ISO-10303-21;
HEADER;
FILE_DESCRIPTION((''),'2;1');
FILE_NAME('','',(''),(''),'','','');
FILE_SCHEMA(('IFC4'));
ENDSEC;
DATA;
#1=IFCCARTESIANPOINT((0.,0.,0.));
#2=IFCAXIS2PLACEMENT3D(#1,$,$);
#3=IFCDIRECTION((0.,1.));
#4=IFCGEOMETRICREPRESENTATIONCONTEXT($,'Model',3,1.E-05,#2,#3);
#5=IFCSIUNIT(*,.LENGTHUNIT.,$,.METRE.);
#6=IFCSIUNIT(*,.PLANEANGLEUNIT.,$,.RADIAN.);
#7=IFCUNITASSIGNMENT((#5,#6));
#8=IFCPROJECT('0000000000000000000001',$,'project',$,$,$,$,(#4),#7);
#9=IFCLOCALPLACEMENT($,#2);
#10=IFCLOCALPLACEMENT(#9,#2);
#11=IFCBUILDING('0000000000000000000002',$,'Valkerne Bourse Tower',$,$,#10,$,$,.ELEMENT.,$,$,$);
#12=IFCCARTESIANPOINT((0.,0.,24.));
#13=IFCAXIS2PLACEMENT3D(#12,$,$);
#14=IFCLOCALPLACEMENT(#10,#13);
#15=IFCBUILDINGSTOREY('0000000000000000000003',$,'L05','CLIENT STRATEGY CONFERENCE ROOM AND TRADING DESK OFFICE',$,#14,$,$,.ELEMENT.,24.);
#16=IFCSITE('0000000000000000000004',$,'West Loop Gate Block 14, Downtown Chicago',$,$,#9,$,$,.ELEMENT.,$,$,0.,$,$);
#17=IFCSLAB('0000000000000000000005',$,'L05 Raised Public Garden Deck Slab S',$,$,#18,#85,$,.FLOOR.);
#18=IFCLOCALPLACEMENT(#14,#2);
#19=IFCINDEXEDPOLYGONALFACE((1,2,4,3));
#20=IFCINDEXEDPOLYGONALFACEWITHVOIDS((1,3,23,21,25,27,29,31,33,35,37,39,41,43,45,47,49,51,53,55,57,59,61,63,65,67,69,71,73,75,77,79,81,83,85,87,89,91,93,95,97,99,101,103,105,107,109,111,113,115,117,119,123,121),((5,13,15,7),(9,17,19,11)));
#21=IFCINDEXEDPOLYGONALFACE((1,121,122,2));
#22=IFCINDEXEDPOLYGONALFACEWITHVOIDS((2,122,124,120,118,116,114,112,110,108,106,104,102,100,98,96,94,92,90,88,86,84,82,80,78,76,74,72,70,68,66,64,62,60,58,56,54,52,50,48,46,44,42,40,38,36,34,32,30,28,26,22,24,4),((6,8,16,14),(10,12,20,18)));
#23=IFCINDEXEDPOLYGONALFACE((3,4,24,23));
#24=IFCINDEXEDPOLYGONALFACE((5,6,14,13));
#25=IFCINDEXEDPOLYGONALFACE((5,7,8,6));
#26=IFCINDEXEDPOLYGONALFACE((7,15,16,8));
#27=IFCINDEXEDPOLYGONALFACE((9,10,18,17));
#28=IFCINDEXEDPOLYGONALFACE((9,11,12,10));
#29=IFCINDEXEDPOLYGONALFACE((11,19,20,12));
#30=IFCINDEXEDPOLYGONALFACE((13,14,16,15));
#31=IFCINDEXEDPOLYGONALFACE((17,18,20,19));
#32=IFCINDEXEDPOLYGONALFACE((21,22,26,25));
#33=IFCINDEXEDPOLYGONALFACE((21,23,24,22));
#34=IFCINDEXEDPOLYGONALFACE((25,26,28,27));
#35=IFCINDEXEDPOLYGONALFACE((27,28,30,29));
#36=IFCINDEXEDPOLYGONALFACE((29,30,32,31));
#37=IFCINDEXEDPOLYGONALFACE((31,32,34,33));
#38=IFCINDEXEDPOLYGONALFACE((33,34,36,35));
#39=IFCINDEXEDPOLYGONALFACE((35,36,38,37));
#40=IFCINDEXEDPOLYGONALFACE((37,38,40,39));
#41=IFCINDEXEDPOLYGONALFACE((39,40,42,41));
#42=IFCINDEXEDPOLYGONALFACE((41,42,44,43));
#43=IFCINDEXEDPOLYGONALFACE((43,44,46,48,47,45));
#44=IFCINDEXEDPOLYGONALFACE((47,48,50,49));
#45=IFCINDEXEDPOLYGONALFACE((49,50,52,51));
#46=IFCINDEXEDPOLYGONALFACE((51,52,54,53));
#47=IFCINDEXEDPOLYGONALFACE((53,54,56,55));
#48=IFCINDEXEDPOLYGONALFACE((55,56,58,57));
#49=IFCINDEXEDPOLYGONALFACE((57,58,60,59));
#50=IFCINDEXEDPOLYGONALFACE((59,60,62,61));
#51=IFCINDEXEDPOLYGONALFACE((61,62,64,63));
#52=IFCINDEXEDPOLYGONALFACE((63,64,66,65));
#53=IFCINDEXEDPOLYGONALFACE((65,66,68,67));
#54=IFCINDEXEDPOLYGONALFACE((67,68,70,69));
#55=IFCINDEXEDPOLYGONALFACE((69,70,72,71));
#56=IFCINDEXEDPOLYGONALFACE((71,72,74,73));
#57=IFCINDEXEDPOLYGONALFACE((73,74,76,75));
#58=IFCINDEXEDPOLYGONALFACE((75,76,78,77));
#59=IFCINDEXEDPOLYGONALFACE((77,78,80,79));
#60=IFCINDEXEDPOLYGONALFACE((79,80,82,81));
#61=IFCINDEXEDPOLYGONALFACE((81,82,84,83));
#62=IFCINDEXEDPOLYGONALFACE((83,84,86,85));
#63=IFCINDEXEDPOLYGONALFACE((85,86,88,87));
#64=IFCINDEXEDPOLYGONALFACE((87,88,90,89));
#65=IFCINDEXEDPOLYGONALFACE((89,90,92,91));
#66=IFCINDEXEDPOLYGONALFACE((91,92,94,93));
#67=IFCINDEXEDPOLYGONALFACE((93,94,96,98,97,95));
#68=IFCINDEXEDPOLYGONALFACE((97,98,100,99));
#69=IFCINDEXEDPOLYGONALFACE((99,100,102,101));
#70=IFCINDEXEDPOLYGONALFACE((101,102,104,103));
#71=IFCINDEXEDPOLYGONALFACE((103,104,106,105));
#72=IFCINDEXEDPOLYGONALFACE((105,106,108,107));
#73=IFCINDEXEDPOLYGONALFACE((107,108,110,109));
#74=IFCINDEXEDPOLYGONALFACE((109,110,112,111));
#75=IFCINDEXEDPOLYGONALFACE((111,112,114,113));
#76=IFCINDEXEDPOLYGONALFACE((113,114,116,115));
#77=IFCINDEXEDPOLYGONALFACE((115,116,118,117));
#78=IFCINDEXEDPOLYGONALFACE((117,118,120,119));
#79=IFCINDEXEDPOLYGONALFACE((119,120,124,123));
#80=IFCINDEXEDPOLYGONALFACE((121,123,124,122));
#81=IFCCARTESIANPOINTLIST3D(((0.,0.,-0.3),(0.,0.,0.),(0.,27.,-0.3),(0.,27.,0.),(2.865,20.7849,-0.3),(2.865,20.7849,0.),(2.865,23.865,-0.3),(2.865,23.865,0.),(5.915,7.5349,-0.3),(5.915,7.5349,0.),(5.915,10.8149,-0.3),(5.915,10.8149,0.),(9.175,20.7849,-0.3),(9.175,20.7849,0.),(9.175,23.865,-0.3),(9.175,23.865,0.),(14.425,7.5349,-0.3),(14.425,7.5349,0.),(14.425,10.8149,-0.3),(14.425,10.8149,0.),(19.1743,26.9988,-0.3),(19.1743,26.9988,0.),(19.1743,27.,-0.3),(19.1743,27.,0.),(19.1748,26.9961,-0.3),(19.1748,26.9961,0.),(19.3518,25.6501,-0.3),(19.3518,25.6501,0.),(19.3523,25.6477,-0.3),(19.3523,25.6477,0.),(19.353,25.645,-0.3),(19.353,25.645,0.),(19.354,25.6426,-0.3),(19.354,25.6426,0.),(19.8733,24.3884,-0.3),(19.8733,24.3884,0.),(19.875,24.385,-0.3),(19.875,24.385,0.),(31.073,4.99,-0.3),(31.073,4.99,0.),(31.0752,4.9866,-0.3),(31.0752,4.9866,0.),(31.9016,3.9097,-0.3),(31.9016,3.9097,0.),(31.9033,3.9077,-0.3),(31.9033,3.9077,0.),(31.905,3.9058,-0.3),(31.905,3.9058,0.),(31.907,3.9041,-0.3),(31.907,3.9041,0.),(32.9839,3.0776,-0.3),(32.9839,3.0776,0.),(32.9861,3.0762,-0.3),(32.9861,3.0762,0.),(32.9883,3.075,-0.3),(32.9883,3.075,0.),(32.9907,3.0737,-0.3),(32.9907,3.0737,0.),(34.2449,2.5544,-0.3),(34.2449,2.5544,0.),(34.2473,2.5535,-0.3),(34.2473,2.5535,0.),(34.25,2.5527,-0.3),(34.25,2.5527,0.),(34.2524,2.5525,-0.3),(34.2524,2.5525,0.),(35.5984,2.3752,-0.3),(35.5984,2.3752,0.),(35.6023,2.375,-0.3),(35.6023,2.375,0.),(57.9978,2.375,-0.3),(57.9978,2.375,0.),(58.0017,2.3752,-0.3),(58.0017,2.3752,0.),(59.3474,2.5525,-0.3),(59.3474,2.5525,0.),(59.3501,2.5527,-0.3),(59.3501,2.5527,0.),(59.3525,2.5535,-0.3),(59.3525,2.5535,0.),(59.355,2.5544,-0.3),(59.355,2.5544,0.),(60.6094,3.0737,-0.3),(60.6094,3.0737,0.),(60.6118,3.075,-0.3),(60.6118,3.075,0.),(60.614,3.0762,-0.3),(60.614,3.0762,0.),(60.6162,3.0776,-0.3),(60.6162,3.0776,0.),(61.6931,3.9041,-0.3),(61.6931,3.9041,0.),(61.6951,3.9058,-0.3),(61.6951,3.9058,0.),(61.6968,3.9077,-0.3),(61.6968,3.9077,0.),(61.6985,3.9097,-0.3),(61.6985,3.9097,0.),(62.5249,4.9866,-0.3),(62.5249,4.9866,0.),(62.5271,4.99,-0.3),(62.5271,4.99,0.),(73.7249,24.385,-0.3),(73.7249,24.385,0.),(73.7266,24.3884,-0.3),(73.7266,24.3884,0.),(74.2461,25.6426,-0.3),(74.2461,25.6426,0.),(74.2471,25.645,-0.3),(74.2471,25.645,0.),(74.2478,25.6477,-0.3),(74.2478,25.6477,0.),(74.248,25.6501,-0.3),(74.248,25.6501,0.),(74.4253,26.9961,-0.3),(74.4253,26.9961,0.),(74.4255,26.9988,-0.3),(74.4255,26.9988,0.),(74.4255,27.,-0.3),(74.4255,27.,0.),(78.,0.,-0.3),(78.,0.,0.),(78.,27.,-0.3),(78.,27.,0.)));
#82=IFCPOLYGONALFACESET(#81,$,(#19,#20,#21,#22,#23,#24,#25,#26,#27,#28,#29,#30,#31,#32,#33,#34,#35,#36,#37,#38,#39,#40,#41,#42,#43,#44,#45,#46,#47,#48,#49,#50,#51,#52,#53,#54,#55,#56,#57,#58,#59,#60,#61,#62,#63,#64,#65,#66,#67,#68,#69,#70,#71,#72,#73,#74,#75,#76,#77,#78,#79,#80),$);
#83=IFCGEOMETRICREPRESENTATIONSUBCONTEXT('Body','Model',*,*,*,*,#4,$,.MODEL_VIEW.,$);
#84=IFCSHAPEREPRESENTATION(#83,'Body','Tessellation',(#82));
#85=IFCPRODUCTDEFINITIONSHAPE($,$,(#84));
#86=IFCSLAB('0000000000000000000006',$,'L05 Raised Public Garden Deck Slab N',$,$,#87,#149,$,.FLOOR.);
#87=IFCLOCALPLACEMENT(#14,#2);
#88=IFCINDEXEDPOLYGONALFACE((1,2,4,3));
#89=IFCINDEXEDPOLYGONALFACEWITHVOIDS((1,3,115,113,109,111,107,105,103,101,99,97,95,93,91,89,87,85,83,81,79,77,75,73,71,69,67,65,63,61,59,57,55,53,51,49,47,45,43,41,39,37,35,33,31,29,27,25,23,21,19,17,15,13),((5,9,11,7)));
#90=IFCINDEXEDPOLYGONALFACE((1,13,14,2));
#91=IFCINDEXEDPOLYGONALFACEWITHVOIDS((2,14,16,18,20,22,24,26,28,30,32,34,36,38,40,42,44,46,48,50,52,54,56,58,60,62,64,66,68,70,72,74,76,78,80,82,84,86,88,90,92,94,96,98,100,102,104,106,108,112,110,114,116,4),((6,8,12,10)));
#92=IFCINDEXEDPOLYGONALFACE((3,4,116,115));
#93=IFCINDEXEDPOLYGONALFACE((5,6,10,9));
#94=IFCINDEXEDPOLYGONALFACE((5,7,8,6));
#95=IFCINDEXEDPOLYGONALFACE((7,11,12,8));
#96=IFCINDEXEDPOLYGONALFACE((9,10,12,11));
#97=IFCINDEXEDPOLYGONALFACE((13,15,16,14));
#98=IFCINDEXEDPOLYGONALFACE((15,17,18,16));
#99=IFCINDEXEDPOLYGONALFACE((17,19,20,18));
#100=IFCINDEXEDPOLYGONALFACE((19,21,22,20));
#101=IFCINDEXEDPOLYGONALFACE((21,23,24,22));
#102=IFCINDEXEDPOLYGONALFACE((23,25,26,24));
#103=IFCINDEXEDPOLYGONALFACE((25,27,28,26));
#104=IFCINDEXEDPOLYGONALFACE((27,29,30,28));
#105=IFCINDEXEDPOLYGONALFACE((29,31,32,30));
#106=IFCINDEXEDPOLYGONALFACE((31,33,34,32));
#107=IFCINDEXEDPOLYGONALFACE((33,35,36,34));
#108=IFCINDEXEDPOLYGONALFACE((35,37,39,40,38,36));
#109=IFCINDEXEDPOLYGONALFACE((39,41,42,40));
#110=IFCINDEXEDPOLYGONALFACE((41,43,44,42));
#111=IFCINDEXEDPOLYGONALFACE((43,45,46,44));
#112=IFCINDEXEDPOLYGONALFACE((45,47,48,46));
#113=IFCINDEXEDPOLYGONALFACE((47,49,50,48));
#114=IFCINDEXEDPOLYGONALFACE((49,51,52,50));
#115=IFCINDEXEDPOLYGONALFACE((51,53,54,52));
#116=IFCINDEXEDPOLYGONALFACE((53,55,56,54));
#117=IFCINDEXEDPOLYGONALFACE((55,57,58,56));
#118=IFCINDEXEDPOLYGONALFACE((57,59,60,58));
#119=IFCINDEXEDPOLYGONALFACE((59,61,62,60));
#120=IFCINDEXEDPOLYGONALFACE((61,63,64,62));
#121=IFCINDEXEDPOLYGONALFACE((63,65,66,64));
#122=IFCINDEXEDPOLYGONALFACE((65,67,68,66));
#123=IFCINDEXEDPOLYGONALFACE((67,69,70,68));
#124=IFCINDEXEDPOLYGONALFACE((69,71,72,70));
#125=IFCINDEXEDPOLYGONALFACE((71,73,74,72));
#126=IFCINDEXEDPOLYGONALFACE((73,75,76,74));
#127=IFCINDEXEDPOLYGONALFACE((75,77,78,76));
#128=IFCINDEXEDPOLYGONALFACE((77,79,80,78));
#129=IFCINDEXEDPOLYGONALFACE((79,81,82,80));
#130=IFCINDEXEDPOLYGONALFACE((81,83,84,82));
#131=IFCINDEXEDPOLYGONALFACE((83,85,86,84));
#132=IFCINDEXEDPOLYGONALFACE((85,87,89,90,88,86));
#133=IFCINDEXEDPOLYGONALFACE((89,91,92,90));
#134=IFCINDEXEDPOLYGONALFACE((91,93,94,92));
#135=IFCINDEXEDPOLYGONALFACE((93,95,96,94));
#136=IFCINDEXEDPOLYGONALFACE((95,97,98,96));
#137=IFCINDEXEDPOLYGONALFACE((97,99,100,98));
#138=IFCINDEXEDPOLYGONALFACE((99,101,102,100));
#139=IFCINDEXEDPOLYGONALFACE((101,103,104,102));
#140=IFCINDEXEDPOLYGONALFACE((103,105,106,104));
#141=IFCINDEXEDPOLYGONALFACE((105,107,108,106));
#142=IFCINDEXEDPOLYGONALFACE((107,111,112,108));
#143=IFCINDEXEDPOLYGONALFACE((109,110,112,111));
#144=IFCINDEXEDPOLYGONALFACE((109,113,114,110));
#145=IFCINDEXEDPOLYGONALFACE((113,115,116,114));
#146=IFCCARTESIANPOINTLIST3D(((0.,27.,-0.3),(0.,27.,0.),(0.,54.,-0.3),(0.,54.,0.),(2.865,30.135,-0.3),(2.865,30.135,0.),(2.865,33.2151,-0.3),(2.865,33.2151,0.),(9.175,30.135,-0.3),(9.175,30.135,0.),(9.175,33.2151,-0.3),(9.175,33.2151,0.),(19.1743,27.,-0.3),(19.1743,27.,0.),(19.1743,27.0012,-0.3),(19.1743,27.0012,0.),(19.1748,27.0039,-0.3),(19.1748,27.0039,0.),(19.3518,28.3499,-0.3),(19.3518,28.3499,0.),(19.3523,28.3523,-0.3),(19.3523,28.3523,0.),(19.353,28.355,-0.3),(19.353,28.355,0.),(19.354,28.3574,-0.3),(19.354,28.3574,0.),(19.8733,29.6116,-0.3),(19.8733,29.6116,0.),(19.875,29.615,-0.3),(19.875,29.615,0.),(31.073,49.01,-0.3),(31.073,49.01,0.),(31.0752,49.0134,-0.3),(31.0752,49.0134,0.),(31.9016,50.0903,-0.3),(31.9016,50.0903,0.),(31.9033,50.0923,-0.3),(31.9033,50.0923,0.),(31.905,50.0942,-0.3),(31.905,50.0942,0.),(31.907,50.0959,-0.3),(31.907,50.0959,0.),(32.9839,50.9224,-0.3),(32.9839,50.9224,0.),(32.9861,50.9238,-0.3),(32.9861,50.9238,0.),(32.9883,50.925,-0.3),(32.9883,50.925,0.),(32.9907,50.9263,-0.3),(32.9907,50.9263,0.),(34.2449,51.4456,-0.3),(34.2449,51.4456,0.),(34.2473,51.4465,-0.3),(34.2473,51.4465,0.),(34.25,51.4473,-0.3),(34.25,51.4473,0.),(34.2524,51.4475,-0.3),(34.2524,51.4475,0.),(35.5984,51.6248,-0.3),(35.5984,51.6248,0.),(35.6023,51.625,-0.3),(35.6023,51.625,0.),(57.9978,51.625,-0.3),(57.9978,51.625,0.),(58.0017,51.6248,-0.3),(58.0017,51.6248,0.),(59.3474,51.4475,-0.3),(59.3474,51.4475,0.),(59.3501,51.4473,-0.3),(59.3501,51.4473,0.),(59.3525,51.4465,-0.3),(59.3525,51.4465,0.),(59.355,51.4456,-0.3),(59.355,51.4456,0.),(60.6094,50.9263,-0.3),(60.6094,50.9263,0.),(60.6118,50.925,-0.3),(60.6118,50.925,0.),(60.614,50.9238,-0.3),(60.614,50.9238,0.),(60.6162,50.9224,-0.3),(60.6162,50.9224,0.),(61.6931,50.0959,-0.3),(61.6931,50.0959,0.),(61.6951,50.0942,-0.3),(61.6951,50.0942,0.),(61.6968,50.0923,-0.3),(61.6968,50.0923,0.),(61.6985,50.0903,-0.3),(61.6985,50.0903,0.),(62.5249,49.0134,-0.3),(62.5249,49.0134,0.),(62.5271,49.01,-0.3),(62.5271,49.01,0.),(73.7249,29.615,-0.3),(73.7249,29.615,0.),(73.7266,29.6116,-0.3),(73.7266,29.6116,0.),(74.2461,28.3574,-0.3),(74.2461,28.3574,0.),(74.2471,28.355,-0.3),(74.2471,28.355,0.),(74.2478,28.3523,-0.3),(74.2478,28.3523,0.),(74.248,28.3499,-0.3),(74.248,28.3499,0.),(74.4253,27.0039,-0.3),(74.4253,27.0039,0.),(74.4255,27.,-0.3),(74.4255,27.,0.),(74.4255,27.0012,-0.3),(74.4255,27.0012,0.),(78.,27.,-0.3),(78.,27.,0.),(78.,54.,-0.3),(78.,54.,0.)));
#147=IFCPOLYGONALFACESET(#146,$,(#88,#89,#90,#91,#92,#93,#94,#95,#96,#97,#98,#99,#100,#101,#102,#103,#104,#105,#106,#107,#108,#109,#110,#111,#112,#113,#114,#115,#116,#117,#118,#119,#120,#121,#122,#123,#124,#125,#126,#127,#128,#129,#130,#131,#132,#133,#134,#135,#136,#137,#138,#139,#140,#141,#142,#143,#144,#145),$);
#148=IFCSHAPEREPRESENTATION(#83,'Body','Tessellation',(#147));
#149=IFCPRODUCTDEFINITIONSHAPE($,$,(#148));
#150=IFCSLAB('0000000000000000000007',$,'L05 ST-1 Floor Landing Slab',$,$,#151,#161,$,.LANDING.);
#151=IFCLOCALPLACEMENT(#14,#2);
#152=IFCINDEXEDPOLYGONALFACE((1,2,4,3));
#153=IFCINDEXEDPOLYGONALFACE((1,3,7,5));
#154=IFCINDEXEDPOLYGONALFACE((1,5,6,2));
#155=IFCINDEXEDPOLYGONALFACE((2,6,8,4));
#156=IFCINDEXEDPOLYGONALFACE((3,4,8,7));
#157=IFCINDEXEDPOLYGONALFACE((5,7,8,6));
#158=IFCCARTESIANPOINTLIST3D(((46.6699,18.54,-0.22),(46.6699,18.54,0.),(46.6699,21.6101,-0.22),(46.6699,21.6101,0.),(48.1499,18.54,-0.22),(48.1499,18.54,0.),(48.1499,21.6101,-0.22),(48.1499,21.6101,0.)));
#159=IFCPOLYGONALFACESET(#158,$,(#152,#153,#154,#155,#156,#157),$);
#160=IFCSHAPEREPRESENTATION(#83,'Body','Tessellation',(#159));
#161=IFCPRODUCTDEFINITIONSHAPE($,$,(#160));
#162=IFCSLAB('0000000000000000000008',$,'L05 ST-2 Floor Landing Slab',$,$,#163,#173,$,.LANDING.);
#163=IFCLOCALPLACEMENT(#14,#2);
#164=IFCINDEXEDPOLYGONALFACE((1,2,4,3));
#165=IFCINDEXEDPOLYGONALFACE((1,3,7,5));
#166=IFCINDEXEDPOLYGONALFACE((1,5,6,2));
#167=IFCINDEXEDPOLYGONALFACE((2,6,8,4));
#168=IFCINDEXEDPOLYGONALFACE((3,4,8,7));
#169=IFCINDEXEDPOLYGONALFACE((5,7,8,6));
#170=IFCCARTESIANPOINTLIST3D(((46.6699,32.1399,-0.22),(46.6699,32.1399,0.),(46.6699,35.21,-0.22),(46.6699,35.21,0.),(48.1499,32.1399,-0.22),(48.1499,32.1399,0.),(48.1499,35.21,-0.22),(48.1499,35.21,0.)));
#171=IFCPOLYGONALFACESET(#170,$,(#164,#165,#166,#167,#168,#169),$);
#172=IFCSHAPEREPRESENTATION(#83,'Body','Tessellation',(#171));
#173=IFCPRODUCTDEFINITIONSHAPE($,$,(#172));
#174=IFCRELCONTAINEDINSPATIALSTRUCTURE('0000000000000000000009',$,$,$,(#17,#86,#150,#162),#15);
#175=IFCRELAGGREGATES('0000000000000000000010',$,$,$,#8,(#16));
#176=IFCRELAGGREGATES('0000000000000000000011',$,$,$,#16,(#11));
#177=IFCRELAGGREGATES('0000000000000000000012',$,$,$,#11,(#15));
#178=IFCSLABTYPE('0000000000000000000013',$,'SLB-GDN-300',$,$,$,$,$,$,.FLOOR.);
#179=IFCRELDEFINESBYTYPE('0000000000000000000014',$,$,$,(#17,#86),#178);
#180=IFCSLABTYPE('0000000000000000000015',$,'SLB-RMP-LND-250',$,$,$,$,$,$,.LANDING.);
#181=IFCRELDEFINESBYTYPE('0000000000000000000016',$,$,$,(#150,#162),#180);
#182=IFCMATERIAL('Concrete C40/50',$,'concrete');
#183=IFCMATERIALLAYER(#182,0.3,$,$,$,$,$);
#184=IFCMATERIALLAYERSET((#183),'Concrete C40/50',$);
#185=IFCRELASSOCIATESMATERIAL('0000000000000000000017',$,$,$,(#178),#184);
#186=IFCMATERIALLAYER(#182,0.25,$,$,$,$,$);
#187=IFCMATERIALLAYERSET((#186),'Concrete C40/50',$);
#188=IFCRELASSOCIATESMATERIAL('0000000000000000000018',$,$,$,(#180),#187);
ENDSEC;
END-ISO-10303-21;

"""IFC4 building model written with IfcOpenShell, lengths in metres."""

from ifc_helpers import new_model, si_unit, direction, frame, origin, place, context, subcontext, project, spatial, polyline, outline, extrude, material, layer, layer_set, type_object, element, save


model = new_model("IFC4")

# Units and contexts
model_context = context("Model", 3, precision=1e-05, world=origin(), true_north=direction((0.0, 1.0)))
body_context = subcontext(model_context, "Body", "Model", "MODEL_VIEW")
ifc_project = project(units=[si_unit("LENGTHUNIT", "METRE"), si_unit("PLANEANGLEUNIT", "RADIAN")], contexts=[model_context])

# Site, building, storey
site_placement = place(None, origin())
site = spatial("IfcSite", under=ifc_project, at=site_placement, Name="West Loop Gate Block 14, Downtown Chicago", CompositionType="ELEMENT", RefElevation=0.0)
building_placement = place(site_placement, origin())
building = spatial("IfcBuilding", under=site, at=building_placement, Name="Valkerne Bourse Tower", CompositionType="ELEMENT")
storey_placement = place(building_placement, frame((0.0, 0.0, 24.0)))
storey = spatial("IfcBuildingStorey", under=building, at=storey_placement, Name="L05", Description="CLIENT STRATEGY CONFERENCE ROOM AND TRADING DESK OFFICE", CompositionType="ELEMENT", Elevation=24.0)

# Slabs
ifc_material_1 = material(Name="Concrete C40/50", Category="concrete")
ifc_layer_1 = layer(ifc_material_1, 0.3)
ifc_layer_set_1 = layer_set([ifc_layer_1], Name="Concrete C40/50")
slab_type_1 = type_object("IfcSlabType", Name="SLB-GDN-300", PredefinedType="FLOOR", material=ifc_layer_set_1)
slab_1_placement = place(storey_placement, frame((0.0, 0.0, -0.3)))
element("IfcSlab", 1, at=slab_1_placement, inside=storey, type_object=slab_type_1, Name="L05 Raised Public Garden Deck Slab S", PredefinedType="FLOOR", context=body_context, shape_type="SweptSolid", body=[
    extrude(outline(polyline([(0.0, 27.0), (19.1743, 27.0), (19.1743, 26.9988), (19.1748, 26.9961), (19.3518, 25.6501), (19.3523, 25.6477), (19.353, 25.645), (19.354, 25.6426), (19.8733, 24.3884), (19.875, 24.385), (31.073, 4.99), (31.0752, 4.9866), (31.9016, 3.9097), (31.9033, 3.9077), (31.905, 3.9058), (31.907, 3.9041), (32.9839, 3.0776), (32.9861, 3.0762), (32.9883, 3.075), (32.9907, 3.0737), (34.2449, 2.5544), (34.2473, 2.5535), (34.25, 2.5527), (34.2524, 2.5525), (35.5984, 2.3752), (35.6023, 2.375), (57.9978, 2.375), (58.0017, 2.3752), (59.3474, 2.5525), (59.3501, 2.5527), (59.3525, 2.5535), (59.355, 2.5544), (60.6094, 3.0737), (60.6118, 3.075), (60.614, 3.0762), (60.6162, 3.0776), (61.6931, 3.9041), (61.6951, 3.9058), (61.6968, 3.9077), (61.6985, 3.9097), (62.5249, 4.9866), (62.5271, 4.99), (73.7249, 24.385), (73.7266, 24.3884), (74.2461, 25.6426), (74.2471, 25.645), (74.2478, 25.6477), (74.248, 25.6501), (74.4253, 26.9961), (74.4255, 26.9988), (74.4255, 27.0), (78.0, 27.0), (78.0, 0.0), (0.0, 0.0), (0.0, 27.0)]), holes=[polyline([(9.175, 23.865), (9.175, 20.7849), (2.865, 20.7849), (2.865, 23.865), (9.175, 23.865)]), polyline([(14.425, 10.8149), (14.425, 7.5349), (5.915, 7.5349), (5.915, 10.8149), (14.425, 10.8149)])]), origin(), (0.0, 0.0, 1.0), 0.3),
])
slab_2_placement = place(storey_placement, frame((0.0, 0.0, -0.3)))
element("IfcSlab", 2, at=slab_2_placement, inside=storey, type_object=slab_type_1, Name="L05 Raised Public Garden Deck Slab N", PredefinedType="FLOOR", context=body_context, shape_type="SweptSolid", body=[
    extrude(outline(polyline([(0.0, 54.0), (78.0, 54.0), (78.0, 27.0), (74.4255, 27.0), (74.4255, 27.0012), (74.4253, 27.0039), (74.248, 28.3499), (74.2478, 28.3523), (74.2471, 28.355), (74.2461, 28.3574), (73.7266, 29.6116), (73.7249, 29.615), (62.5271, 49.01), (62.5249, 49.0134), (61.6985, 50.0903), (61.6968, 50.0923), (61.6951, 50.0942), (61.6931, 50.0959), (60.6162, 50.9224), (60.614, 50.9238), (60.6118, 50.925), (60.6094, 50.9263), (59.355, 51.4456), (59.3525, 51.4465), (59.3501, 51.4473), (59.3474, 51.4475), (58.0017, 51.6248), (57.9978, 51.625), (35.6023, 51.625), (35.5984, 51.6248), (34.2524, 51.4475), (34.25, 51.4473), (34.2473, 51.4465), (34.2449, 51.4456), (32.9907, 50.9263), (32.9883, 50.925), (32.9861, 50.9238), (32.9839, 50.9224), (31.907, 50.0959), (31.905, 50.0942), (31.9033, 50.0923), (31.9016, 50.0903), (31.0752, 49.0134), (31.073, 49.01), (19.875, 29.615), (19.8733, 29.6116), (19.354, 28.3574), (19.353, 28.355), (19.3523, 28.3523), (19.3518, 28.3499), (19.1748, 27.0039), (19.1743, 27.0012), (19.1743, 27.0), (0.0, 27.0), (0.0, 54.0)]), holes=[polyline([(2.865, 33.2151), (9.175, 33.2151), (9.175, 30.135), (2.865, 30.135), (2.865, 33.2151)])]), origin(), (0.0, 0.0, 1.0), 0.3),
])
ifc_layer_2 = layer(ifc_material_1, 0.25)
ifc_layer_set_2 = layer_set([ifc_layer_2], Name="Concrete C40/50")
slab_type_2 = type_object("IfcSlabType", Name="SLB-RMP-LND-250", PredefinedType="LANDING", material=ifc_layer_set_2)
slab_3_placement = place(storey_placement, frame((0.0, 0.0, -0.22)))
element("IfcSlab", 3, at=slab_3_placement, inside=storey, type_object=slab_type_2, Name="L05 ST-1 Floor Landing Slab", PredefinedType="LANDING", context=body_context, shape_type="SweptSolid", body=[
    extrude(outline(polyline([(46.6699, 18.54), (48.1499, 18.54), (48.1499, 21.6101), (46.6699, 21.6101), (46.6699, 18.54)])), origin(), (0.0, 0.0, 1.0), 0.22),
])
slab_4_placement = place(storey_placement, frame((0.0, 0.0, -0.22)))
element("IfcSlab", 4, at=slab_4_placement, inside=storey, type_object=slab_type_2, Name="L05 ST-2 Floor Landing Slab", PredefinedType="LANDING", context=body_context, shape_type="SweptSolid", body=[
    extrude(outline(polyline([(46.6699, 32.1399), (48.1499, 32.1399), (48.1499, 35.21), (46.6699, 35.21), (46.6699, 32.1399)])), origin(), (0.0, 0.0, 1.0), 0.22),
])

save(model, "model.ifc")
